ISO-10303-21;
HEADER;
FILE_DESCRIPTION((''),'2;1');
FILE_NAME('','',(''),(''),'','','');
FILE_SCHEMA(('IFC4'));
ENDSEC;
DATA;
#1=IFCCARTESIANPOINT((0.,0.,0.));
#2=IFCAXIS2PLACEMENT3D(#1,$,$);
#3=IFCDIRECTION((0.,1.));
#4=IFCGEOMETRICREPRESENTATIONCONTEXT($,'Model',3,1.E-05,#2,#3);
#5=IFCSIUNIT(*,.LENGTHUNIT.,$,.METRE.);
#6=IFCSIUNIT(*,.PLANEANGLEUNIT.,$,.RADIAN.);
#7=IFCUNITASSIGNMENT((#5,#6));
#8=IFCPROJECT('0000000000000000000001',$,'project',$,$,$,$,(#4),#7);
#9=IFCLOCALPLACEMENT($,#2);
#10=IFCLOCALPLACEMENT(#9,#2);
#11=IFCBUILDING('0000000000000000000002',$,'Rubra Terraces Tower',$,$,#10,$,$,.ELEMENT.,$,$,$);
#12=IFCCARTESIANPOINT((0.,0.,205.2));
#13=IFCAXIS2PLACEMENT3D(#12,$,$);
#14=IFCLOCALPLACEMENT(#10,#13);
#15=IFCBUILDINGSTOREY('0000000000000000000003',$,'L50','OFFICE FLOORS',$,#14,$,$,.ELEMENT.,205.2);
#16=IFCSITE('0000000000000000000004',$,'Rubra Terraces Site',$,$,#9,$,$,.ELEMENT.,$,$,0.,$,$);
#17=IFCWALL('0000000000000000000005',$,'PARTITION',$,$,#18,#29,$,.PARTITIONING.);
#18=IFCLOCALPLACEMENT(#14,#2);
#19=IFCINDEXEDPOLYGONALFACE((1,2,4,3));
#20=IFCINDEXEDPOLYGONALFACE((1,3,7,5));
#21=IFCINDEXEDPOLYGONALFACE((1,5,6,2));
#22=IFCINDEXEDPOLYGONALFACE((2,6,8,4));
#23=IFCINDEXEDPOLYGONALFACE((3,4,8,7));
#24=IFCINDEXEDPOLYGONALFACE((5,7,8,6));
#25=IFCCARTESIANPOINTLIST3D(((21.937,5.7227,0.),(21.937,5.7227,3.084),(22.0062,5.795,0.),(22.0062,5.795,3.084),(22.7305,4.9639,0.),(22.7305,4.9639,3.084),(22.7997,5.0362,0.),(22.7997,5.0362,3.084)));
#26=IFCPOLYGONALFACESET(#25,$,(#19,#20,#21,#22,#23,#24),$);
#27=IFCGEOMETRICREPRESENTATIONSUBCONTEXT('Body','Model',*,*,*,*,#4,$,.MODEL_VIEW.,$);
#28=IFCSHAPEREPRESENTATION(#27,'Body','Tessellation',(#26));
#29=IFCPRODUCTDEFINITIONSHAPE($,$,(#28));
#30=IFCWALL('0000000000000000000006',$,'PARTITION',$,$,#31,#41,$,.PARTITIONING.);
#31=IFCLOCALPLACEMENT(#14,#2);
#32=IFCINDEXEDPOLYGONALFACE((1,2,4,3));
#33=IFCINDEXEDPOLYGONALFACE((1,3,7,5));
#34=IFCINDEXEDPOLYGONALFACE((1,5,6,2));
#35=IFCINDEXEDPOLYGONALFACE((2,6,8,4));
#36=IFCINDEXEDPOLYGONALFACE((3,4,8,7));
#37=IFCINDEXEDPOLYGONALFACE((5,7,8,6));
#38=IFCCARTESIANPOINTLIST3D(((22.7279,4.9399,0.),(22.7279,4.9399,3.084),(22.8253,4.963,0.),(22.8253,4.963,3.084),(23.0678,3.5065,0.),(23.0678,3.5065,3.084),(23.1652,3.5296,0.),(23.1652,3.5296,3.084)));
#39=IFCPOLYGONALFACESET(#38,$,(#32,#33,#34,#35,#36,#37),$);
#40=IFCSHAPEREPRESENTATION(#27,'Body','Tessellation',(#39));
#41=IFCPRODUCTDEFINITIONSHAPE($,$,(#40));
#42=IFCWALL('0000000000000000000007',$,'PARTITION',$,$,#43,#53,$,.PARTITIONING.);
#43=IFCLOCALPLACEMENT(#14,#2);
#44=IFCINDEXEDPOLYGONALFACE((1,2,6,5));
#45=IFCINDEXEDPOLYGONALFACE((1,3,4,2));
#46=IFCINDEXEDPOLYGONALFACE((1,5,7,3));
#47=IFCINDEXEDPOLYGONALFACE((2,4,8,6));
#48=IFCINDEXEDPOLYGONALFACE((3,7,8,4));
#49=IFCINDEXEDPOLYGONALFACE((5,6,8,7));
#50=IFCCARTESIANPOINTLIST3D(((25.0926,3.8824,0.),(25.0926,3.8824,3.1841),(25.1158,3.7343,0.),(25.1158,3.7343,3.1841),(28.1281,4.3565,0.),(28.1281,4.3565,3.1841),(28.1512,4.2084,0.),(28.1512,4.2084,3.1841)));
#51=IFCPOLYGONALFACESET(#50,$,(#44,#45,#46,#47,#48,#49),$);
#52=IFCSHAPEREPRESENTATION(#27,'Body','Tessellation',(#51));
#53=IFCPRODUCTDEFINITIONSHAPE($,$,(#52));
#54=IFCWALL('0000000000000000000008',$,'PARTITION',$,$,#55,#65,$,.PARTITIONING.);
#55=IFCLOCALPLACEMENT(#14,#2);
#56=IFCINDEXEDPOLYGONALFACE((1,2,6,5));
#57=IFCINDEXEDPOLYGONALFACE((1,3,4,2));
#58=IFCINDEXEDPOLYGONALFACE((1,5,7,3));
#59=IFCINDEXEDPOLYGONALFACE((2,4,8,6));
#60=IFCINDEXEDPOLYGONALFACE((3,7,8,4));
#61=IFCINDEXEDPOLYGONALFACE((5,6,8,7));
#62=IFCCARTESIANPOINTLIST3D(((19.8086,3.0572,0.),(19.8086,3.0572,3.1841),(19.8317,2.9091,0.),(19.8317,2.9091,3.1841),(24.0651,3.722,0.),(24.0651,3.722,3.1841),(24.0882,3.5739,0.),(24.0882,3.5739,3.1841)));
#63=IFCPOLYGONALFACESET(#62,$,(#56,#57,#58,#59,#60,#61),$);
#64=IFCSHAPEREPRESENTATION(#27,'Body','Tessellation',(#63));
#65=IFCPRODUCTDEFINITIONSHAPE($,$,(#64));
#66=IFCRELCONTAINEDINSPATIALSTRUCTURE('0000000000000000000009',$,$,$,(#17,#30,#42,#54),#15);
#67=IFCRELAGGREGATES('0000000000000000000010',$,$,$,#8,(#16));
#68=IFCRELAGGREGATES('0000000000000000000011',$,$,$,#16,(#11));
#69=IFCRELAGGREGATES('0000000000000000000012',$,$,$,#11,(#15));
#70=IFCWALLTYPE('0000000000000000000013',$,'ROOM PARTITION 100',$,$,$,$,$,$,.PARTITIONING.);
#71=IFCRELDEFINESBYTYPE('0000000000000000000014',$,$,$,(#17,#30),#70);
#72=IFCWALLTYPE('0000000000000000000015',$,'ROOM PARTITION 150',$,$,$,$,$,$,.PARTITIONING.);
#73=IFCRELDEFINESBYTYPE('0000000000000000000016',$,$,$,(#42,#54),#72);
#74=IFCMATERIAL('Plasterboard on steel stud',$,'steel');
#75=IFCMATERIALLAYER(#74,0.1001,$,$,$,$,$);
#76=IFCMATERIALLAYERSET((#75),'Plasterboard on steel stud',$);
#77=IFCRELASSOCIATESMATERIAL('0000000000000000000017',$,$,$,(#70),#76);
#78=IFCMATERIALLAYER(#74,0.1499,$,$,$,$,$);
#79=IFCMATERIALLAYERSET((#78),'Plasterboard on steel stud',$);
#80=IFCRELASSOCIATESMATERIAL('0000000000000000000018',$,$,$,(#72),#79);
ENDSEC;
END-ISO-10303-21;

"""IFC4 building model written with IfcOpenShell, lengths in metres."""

from ifc_helpers import new_model, si_unit, direction, frame, frame_2d, origin, place, context, subcontext, project, spatial, rectangle, extrude, material, layer, layer_set, type_object, element, save


model = new_model("IFC4")

# Units and contexts
model_context = context("Model", 3, precision=1e-05, world=origin(), true_north=direction((0.0, 1.0)))
body_context = subcontext(model_context, "Body", "Model", "MODEL_VIEW")
ifc_project = project(units=[si_unit("LENGTHUNIT", "METRE"), si_unit("PLANEANGLEUNIT", "RADIAN")], contexts=[model_context])

# Site, building, storey
site_placement = place(None, origin())
site = spatial("IfcSite", under=ifc_project, at=site_placement, Name="Rubra Terraces Site", CompositionType="ELEMENT", RefElevation=0.0)
building_placement = place(site_placement, origin())
building = spatial("IfcBuilding", under=site, at=building_placement, Name="Rubra Terraces Tower", CompositionType="ELEMENT")
storey_placement = place(building_placement, frame((0.0, 0.0, 205.2)))
storey = spatial("IfcBuildingStorey", under=building, at=storey_placement, Name="L50", Description="OFFICE FLOORS", CompositionType="ELEMENT", Elevation=205.2)

# Walls
ifc_material_1 = material(Name="Plasterboard on steel stud", Category="steel")
ifc_layer_1 = layer(ifc_material_1, 0.1001)
ifc_layer_set_1 = layer_set([ifc_layer_1], Name="Plasterboard on steel stud")
wall_type_1 = type_object("IfcWallType", Name="ROOM PARTITION 100", PredefinedType="PARTITIONING", material=ifc_layer_set_1)
wall_1_placement = place(storey_placement, frame((21.9717, 5.7588, 0.0), z_axis=(0.0, 0.0, 1.0), x_axis=(0.722719, -0.691142, 0.0)))
element("IfcWall", 1, at=wall_1_placement, inside=storey, type_object=wall_type_1, Name="PARTITION", PredefinedType="PARTITIONING", context=body_context, shape_type="SweptSolid", body=[
    extrude(rectangle(XDim=1.0979, YDim=0.1001, at=frame_2d((0.5488, 0.0))), origin(), (0.0, 0.0, 1.0), 3.084),
])
wall_2_placement = place(storey_placement, frame((22.7766, 4.9514, 0.0), z_axis=(0.0, 0.0, 1.0), x_axis=(0.230702, -0.973025, 0.0)))
element("IfcWall", 2, at=wall_2_placement, inside=storey, type_object=wall_type_1, Name="PARTITION", PredefinedType="PARTITIONING", context=body_context, shape_type="SweptSolid", body=[
    extrude(rectangle(XDim=1.4731, YDim=0.1001, at=frame_2d((0.7366, 0.0))), origin(), (0.0, 0.0, 1.0), 3.084),
])
ifc_layer_2 = layer(ifc_material_1, 0.1499)
ifc_layer_set_2 = layer_set([ifc_layer_2], Name="Plasterboard on steel stud")
wall_type_2 = type_object("IfcWallType", Name="ROOM PARTITION 150", PredefinedType="PARTITIONING", material=ifc_layer_set_2)
wall_3_placement = place(storey_placement, frame((28.1396, 4.2825, 0.0), z_axis=(0.0, 0.0, 1.0), x_axis=(-0.98802, -0.154326, 0.0)))
element("IfcWall", 3, at=wall_3_placement, inside=storey, type_object=wall_type_2, Name="PARTITION", PredefinedType="PARTITIONING", context=body_context, shape_type="SweptSolid", body=[
    extrude(rectangle(XDim=3.0723, YDim=0.1499, at=frame_2d((1.5361, 0.0))), origin(), (0.0, 0.0, 1.0), 3.1841),
])
wall_4_placement = place(storey_placement, frame((24.0767, 3.6479, 0.0), z_axis=(0.0, 0.0, 1.0), x_axis=(-0.988023, -0.154309, 0.0)))
element("IfcWall", 4, at=wall_4_placement, inside=storey, type_object=wall_type_2, Name="PARTITION", PredefinedType="PARTITIONING", context=body_context, shape_type="SweptSolid", body=[
    extrude(rectangle(XDim=4.3081, YDim=0.1499, at=frame_2d((2.1541, 0.0))), origin(), (0.0, 0.0, 1.0), 3.1841),
])

save(model, "model.ifc")
